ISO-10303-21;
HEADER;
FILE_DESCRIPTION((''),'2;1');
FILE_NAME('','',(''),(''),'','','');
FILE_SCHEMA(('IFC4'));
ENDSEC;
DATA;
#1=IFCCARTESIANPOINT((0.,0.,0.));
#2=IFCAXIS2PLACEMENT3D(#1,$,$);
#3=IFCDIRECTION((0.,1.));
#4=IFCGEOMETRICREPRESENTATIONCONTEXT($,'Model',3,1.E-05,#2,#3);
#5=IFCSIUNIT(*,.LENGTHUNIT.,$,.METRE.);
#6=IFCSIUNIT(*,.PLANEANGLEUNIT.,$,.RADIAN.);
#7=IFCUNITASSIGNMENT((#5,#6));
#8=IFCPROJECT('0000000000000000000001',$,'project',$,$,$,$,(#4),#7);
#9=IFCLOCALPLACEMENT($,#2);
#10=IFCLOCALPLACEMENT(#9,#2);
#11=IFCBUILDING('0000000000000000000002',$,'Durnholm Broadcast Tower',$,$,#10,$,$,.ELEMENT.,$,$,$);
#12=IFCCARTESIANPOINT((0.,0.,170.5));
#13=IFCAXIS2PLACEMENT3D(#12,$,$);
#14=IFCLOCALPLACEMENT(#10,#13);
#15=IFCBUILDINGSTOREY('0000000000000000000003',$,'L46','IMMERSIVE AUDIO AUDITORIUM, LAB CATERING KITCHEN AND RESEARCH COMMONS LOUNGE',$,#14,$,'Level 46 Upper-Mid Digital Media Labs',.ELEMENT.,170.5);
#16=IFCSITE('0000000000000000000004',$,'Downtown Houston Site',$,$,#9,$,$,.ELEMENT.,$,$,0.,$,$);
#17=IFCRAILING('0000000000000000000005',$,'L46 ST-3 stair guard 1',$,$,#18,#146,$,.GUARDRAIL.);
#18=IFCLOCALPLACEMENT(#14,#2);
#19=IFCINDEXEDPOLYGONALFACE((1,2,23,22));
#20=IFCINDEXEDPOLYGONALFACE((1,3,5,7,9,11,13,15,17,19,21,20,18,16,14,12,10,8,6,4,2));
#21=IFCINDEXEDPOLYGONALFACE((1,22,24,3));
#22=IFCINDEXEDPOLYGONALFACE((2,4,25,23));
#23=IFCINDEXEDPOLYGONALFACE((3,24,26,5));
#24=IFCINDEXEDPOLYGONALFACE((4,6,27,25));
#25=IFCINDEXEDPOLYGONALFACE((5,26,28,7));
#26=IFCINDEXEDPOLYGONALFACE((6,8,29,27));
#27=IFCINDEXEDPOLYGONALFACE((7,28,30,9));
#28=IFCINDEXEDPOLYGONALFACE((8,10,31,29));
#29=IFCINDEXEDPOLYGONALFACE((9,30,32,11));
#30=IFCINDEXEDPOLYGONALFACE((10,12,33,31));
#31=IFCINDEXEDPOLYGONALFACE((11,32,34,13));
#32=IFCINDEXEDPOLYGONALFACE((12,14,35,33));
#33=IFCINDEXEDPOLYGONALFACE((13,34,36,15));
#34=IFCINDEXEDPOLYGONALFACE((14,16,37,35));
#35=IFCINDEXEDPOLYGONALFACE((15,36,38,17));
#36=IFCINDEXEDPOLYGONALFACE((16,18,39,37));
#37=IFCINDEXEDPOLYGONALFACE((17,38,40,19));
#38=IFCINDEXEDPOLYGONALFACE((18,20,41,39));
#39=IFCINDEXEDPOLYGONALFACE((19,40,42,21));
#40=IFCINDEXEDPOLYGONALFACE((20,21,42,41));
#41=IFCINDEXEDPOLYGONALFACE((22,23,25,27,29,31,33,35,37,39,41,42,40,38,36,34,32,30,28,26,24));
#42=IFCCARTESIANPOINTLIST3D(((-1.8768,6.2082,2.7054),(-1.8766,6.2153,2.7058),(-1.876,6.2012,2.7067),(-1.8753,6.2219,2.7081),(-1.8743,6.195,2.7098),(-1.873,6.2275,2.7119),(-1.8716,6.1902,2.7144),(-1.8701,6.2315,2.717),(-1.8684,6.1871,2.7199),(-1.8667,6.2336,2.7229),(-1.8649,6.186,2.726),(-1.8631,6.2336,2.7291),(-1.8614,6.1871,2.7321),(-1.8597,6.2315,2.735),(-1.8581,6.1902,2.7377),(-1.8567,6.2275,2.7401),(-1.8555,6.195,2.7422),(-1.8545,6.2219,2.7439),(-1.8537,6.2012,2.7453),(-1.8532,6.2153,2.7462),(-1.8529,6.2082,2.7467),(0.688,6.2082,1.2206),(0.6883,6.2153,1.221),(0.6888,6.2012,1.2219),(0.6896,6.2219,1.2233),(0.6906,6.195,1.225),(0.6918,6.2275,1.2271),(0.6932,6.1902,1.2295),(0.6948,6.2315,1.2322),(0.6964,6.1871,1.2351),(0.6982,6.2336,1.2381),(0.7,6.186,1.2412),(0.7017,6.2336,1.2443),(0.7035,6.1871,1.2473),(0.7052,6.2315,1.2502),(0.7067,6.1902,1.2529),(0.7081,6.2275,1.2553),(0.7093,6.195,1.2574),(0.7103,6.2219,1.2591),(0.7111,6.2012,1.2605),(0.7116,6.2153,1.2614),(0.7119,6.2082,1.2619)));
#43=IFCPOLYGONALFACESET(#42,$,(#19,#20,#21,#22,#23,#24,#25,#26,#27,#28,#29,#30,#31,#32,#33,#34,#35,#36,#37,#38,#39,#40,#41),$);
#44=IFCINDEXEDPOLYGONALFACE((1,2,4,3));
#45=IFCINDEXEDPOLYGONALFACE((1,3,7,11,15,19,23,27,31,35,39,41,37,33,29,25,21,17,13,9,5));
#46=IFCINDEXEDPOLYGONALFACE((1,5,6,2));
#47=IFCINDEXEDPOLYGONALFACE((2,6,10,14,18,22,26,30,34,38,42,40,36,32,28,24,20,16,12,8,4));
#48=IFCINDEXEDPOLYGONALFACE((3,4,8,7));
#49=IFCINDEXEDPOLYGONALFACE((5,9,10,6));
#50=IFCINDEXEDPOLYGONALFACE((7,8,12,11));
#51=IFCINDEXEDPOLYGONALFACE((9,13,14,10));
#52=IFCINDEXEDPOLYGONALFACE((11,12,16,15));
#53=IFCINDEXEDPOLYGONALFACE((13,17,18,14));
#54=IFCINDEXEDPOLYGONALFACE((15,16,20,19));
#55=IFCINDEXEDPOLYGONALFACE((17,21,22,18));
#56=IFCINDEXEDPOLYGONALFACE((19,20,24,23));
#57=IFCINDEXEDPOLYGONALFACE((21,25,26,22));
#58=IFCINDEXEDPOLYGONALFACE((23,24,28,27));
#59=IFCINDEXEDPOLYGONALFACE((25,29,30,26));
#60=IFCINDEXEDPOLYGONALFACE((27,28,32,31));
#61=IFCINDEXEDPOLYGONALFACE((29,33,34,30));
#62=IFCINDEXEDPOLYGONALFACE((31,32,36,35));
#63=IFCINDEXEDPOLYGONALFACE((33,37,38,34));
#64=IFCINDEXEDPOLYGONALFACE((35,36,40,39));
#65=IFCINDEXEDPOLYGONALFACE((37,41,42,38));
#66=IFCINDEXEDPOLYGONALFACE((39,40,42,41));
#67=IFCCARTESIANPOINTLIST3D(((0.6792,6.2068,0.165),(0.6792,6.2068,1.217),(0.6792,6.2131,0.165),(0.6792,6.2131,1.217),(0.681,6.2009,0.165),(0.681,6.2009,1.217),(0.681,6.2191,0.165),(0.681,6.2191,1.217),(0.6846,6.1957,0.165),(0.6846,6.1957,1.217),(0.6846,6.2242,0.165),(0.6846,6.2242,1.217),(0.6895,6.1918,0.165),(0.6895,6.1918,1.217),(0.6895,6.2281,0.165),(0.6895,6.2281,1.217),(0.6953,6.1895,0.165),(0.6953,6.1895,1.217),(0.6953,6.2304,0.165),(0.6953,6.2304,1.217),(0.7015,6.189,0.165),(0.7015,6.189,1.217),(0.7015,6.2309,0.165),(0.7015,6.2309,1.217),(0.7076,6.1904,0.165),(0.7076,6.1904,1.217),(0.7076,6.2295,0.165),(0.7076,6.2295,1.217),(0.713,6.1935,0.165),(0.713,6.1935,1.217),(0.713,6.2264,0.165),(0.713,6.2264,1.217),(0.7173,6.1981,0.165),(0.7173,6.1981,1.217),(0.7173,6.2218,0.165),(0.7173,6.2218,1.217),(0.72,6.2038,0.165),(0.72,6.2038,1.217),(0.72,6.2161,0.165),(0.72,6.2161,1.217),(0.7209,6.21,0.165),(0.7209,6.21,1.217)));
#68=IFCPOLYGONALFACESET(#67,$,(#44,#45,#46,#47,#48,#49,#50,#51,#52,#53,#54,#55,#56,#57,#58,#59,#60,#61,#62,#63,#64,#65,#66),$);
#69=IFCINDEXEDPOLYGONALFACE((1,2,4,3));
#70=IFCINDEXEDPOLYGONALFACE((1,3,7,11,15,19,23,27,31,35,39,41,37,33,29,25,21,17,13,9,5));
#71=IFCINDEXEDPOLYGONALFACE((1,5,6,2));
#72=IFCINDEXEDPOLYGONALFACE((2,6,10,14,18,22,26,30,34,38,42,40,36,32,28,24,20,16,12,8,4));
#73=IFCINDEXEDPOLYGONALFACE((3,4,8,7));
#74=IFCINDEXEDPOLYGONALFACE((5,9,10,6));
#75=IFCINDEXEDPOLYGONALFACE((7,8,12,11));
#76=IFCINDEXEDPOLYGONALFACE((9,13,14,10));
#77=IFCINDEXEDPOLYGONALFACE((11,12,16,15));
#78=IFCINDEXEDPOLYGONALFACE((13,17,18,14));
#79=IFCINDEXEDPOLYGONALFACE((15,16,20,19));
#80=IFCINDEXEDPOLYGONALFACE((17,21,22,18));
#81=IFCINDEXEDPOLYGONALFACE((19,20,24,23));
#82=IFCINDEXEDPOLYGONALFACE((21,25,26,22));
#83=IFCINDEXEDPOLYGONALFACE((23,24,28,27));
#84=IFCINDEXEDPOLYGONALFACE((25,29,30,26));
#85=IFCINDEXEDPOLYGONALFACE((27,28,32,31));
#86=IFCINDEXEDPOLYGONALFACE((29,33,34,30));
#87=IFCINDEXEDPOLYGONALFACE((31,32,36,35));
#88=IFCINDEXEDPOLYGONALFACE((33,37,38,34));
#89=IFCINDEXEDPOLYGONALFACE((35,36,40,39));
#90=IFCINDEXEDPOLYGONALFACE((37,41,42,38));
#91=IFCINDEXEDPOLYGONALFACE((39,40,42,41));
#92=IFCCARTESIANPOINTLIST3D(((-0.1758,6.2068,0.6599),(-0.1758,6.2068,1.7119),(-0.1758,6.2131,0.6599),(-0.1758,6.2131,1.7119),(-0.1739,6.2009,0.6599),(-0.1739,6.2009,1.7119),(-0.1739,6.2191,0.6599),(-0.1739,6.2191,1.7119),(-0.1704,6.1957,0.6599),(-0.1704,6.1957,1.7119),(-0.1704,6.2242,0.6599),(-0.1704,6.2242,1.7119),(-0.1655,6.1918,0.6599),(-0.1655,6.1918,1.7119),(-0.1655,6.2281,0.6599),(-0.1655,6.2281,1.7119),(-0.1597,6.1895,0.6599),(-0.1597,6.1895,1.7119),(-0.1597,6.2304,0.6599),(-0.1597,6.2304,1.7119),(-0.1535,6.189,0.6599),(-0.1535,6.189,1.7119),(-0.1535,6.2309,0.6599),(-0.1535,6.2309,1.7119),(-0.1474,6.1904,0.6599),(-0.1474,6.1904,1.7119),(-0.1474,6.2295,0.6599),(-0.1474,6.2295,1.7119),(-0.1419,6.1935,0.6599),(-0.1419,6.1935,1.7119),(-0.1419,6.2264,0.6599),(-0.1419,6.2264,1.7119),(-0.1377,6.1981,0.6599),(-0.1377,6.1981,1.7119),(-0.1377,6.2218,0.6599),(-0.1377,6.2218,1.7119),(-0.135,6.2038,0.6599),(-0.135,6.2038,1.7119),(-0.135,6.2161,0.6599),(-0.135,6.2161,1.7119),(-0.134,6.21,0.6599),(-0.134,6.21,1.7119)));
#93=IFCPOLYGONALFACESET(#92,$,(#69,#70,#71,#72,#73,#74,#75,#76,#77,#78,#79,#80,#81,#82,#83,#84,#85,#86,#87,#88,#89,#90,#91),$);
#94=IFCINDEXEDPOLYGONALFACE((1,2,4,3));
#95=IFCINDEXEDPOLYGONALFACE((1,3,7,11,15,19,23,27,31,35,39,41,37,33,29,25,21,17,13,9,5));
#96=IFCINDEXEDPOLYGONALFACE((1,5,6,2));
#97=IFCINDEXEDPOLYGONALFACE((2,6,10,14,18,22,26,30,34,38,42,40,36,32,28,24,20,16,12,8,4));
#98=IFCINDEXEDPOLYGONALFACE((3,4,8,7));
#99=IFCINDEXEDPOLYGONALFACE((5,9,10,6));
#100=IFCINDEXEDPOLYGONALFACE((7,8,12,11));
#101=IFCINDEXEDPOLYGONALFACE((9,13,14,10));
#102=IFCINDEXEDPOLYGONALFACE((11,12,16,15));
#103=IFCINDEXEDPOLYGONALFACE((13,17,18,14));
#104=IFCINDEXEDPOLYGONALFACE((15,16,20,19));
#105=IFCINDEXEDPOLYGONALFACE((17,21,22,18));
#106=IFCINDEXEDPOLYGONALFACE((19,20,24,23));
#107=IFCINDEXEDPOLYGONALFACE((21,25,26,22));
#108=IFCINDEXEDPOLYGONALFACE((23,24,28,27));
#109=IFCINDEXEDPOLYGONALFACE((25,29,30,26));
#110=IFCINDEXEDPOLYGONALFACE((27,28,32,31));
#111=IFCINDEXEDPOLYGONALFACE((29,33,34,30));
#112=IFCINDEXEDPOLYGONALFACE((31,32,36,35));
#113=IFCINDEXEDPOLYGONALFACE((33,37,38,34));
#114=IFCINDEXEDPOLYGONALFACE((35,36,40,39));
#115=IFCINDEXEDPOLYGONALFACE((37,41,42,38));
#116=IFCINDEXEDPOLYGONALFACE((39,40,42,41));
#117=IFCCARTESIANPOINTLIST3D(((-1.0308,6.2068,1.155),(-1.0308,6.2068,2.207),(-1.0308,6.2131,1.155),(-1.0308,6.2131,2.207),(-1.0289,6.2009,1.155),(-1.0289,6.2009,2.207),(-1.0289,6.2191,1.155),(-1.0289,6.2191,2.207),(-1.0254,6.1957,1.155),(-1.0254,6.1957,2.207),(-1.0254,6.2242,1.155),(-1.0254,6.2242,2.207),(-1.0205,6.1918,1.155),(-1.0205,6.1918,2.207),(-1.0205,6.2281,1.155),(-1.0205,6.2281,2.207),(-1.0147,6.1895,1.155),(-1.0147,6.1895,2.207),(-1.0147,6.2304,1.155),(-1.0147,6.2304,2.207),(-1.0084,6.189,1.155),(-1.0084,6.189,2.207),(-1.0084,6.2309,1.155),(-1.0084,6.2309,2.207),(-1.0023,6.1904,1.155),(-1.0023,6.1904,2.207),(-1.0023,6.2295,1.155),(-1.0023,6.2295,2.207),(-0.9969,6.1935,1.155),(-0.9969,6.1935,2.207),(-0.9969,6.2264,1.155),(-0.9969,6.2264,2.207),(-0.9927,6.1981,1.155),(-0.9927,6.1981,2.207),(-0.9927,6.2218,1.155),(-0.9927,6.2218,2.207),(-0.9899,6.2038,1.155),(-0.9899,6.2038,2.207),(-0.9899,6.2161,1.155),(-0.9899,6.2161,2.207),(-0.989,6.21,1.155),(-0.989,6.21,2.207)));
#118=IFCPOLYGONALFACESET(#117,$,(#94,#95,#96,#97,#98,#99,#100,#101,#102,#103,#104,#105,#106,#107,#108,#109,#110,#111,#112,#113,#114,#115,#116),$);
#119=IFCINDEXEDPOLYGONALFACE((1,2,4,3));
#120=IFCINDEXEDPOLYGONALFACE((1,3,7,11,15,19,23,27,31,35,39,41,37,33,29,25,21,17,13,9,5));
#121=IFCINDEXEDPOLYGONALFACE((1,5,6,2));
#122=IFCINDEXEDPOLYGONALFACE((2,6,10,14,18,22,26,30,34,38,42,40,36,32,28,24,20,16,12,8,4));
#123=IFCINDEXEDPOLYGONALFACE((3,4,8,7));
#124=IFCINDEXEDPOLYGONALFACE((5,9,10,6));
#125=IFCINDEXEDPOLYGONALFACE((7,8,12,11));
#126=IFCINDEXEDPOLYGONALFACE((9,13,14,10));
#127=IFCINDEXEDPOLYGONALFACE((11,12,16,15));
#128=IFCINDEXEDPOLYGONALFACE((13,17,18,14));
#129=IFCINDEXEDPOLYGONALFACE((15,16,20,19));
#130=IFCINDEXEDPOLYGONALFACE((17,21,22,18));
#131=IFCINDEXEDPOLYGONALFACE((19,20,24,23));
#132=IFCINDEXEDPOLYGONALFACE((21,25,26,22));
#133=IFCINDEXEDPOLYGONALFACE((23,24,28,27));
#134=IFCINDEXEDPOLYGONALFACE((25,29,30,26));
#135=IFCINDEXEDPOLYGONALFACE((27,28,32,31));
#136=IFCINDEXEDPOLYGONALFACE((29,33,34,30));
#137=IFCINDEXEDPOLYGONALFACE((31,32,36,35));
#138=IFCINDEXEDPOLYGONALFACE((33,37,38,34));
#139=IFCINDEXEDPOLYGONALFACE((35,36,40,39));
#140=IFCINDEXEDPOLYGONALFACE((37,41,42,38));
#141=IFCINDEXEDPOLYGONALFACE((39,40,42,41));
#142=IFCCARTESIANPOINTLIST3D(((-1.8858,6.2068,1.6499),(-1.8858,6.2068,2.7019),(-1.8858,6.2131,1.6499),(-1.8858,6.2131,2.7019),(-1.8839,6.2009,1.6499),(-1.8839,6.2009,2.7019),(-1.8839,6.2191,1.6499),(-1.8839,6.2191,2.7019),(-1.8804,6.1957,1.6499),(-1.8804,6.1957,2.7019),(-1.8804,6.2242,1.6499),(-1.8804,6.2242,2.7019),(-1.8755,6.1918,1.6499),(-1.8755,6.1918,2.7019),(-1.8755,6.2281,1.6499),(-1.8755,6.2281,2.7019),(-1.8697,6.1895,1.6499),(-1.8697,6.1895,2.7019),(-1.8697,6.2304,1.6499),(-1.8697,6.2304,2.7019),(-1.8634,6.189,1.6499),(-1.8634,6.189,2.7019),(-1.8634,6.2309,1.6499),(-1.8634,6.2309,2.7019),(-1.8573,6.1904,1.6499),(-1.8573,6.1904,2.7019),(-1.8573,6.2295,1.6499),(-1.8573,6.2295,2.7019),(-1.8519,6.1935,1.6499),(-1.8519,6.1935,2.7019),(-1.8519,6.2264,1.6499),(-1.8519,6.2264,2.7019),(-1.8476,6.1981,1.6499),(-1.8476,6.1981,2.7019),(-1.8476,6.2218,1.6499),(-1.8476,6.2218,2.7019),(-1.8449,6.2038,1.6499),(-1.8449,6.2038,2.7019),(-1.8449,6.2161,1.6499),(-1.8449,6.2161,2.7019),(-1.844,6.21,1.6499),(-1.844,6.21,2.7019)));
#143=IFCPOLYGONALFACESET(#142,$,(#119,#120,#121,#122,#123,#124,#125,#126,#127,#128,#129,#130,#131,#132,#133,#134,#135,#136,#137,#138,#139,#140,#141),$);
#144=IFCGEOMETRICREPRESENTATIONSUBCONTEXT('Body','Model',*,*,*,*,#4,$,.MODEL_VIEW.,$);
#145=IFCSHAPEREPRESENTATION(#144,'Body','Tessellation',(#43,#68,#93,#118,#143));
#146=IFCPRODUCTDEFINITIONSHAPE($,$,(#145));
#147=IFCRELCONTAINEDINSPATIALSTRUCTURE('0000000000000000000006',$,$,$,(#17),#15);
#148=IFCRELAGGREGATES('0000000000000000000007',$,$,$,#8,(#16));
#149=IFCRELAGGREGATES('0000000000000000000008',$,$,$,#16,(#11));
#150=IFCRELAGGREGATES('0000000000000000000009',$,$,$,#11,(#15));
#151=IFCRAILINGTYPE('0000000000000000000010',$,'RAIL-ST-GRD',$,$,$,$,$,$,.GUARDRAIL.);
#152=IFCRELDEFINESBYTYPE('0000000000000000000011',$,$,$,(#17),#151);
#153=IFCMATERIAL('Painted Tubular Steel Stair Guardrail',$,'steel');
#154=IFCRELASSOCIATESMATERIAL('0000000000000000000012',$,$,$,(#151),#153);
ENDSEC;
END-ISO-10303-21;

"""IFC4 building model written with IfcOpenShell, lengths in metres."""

from ifc_helpers import new_model, si_unit, direction, frame, origin, origin_2d, place, context, subcontext, project, spatial, circle, extrude, material, type_object, element, save


model = new_model("IFC4")

# Units and contexts
model_context = context("Model", 3, precision=1e-05, world=origin(), true_north=direction((0.0, 1.0)))
body_context = subcontext(model_context, "Body", "Model", "MODEL_VIEW")
ifc_project = project(units=[si_unit("LENGTHUNIT", "METRE"), si_unit("PLANEANGLEUNIT", "RADIAN")], contexts=[model_context])

# Site, building, storey
site_placement = place(None, origin())
site = spatial("IfcSite", under=ifc_project, at=site_placement, Name="Downtown Houston Site", CompositionType="ELEMENT", RefElevation=0.0)
building_placement = place(site_placement, origin())
building = spatial("IfcBuilding", under=site, at=building_placement, Name="Durnholm Broadcast Tower", CompositionType="ELEMENT")
storey_placement = place(building_placement, frame((0.0, 0.0, 170.5)))
storey = spatial("IfcBuildingStorey", under=building, at=storey_placement, Name="L46", Description="IMMERSIVE AUDIO AUDITORIUM, LAB CATERING KITCHEN AND RESEARCH COMMONS LOUNGE", LongName="Level 46 Upper-Mid Digital Media Labs", CompositionType="ELEMENT", Elevation=170.5)

# Railing
ifc_material_1 = material(Name="Painted Tubular Steel Stair Guardrail", Category="steel")
railing_type_1 = type_object("IfcRailingType", Name="RAIL-ST-GRD", PredefinedType="GUARDRAIL", material=ifc_material_1)
railing_1_placement = place(storey_placement, frame((0.7, 6.21, 0.165)))
element("IfcRailing", 1, at=railing_1_placement, inside=storey, type_object=railing_type_1, Name="L46 ST-3 stair guard 1", PredefinedType="GUARDRAIL", context=body_context, shape_type="SweptSolid", body=[
    extrude(circle(Radius=0.0239, at=origin_2d()), frame((0.0, 0.0, 1.0762), z_axis=(-0.865441, 0.0, 0.50101), x_axis=(0.0, -1.0, 0.0)), (0.0, 0.0, 1.0), 2.9636),
    extrude(circle(Radius=0.021, at=origin_2d()), origin(), (0.0, 0.0, 1.0), 1.052),
    extrude(circle(Radius=0.021, at=origin_2d()), frame((-0.855, 0.0, 0.4949)), (0.0, 0.0, 1.0), 1.052),
    extrude(circle(Radius=0.021, at=origin_2d()), frame((-1.71, 0.0, 0.99)), (0.0, 0.0, 1.0), 1.052),
    extrude(circle(Radius=0.021, at=origin_2d()), frame((-2.5649, 0.0, 1.4849)), (0.0, 0.0, 1.0), 1.052),
])

save(model, "model.ifc")
